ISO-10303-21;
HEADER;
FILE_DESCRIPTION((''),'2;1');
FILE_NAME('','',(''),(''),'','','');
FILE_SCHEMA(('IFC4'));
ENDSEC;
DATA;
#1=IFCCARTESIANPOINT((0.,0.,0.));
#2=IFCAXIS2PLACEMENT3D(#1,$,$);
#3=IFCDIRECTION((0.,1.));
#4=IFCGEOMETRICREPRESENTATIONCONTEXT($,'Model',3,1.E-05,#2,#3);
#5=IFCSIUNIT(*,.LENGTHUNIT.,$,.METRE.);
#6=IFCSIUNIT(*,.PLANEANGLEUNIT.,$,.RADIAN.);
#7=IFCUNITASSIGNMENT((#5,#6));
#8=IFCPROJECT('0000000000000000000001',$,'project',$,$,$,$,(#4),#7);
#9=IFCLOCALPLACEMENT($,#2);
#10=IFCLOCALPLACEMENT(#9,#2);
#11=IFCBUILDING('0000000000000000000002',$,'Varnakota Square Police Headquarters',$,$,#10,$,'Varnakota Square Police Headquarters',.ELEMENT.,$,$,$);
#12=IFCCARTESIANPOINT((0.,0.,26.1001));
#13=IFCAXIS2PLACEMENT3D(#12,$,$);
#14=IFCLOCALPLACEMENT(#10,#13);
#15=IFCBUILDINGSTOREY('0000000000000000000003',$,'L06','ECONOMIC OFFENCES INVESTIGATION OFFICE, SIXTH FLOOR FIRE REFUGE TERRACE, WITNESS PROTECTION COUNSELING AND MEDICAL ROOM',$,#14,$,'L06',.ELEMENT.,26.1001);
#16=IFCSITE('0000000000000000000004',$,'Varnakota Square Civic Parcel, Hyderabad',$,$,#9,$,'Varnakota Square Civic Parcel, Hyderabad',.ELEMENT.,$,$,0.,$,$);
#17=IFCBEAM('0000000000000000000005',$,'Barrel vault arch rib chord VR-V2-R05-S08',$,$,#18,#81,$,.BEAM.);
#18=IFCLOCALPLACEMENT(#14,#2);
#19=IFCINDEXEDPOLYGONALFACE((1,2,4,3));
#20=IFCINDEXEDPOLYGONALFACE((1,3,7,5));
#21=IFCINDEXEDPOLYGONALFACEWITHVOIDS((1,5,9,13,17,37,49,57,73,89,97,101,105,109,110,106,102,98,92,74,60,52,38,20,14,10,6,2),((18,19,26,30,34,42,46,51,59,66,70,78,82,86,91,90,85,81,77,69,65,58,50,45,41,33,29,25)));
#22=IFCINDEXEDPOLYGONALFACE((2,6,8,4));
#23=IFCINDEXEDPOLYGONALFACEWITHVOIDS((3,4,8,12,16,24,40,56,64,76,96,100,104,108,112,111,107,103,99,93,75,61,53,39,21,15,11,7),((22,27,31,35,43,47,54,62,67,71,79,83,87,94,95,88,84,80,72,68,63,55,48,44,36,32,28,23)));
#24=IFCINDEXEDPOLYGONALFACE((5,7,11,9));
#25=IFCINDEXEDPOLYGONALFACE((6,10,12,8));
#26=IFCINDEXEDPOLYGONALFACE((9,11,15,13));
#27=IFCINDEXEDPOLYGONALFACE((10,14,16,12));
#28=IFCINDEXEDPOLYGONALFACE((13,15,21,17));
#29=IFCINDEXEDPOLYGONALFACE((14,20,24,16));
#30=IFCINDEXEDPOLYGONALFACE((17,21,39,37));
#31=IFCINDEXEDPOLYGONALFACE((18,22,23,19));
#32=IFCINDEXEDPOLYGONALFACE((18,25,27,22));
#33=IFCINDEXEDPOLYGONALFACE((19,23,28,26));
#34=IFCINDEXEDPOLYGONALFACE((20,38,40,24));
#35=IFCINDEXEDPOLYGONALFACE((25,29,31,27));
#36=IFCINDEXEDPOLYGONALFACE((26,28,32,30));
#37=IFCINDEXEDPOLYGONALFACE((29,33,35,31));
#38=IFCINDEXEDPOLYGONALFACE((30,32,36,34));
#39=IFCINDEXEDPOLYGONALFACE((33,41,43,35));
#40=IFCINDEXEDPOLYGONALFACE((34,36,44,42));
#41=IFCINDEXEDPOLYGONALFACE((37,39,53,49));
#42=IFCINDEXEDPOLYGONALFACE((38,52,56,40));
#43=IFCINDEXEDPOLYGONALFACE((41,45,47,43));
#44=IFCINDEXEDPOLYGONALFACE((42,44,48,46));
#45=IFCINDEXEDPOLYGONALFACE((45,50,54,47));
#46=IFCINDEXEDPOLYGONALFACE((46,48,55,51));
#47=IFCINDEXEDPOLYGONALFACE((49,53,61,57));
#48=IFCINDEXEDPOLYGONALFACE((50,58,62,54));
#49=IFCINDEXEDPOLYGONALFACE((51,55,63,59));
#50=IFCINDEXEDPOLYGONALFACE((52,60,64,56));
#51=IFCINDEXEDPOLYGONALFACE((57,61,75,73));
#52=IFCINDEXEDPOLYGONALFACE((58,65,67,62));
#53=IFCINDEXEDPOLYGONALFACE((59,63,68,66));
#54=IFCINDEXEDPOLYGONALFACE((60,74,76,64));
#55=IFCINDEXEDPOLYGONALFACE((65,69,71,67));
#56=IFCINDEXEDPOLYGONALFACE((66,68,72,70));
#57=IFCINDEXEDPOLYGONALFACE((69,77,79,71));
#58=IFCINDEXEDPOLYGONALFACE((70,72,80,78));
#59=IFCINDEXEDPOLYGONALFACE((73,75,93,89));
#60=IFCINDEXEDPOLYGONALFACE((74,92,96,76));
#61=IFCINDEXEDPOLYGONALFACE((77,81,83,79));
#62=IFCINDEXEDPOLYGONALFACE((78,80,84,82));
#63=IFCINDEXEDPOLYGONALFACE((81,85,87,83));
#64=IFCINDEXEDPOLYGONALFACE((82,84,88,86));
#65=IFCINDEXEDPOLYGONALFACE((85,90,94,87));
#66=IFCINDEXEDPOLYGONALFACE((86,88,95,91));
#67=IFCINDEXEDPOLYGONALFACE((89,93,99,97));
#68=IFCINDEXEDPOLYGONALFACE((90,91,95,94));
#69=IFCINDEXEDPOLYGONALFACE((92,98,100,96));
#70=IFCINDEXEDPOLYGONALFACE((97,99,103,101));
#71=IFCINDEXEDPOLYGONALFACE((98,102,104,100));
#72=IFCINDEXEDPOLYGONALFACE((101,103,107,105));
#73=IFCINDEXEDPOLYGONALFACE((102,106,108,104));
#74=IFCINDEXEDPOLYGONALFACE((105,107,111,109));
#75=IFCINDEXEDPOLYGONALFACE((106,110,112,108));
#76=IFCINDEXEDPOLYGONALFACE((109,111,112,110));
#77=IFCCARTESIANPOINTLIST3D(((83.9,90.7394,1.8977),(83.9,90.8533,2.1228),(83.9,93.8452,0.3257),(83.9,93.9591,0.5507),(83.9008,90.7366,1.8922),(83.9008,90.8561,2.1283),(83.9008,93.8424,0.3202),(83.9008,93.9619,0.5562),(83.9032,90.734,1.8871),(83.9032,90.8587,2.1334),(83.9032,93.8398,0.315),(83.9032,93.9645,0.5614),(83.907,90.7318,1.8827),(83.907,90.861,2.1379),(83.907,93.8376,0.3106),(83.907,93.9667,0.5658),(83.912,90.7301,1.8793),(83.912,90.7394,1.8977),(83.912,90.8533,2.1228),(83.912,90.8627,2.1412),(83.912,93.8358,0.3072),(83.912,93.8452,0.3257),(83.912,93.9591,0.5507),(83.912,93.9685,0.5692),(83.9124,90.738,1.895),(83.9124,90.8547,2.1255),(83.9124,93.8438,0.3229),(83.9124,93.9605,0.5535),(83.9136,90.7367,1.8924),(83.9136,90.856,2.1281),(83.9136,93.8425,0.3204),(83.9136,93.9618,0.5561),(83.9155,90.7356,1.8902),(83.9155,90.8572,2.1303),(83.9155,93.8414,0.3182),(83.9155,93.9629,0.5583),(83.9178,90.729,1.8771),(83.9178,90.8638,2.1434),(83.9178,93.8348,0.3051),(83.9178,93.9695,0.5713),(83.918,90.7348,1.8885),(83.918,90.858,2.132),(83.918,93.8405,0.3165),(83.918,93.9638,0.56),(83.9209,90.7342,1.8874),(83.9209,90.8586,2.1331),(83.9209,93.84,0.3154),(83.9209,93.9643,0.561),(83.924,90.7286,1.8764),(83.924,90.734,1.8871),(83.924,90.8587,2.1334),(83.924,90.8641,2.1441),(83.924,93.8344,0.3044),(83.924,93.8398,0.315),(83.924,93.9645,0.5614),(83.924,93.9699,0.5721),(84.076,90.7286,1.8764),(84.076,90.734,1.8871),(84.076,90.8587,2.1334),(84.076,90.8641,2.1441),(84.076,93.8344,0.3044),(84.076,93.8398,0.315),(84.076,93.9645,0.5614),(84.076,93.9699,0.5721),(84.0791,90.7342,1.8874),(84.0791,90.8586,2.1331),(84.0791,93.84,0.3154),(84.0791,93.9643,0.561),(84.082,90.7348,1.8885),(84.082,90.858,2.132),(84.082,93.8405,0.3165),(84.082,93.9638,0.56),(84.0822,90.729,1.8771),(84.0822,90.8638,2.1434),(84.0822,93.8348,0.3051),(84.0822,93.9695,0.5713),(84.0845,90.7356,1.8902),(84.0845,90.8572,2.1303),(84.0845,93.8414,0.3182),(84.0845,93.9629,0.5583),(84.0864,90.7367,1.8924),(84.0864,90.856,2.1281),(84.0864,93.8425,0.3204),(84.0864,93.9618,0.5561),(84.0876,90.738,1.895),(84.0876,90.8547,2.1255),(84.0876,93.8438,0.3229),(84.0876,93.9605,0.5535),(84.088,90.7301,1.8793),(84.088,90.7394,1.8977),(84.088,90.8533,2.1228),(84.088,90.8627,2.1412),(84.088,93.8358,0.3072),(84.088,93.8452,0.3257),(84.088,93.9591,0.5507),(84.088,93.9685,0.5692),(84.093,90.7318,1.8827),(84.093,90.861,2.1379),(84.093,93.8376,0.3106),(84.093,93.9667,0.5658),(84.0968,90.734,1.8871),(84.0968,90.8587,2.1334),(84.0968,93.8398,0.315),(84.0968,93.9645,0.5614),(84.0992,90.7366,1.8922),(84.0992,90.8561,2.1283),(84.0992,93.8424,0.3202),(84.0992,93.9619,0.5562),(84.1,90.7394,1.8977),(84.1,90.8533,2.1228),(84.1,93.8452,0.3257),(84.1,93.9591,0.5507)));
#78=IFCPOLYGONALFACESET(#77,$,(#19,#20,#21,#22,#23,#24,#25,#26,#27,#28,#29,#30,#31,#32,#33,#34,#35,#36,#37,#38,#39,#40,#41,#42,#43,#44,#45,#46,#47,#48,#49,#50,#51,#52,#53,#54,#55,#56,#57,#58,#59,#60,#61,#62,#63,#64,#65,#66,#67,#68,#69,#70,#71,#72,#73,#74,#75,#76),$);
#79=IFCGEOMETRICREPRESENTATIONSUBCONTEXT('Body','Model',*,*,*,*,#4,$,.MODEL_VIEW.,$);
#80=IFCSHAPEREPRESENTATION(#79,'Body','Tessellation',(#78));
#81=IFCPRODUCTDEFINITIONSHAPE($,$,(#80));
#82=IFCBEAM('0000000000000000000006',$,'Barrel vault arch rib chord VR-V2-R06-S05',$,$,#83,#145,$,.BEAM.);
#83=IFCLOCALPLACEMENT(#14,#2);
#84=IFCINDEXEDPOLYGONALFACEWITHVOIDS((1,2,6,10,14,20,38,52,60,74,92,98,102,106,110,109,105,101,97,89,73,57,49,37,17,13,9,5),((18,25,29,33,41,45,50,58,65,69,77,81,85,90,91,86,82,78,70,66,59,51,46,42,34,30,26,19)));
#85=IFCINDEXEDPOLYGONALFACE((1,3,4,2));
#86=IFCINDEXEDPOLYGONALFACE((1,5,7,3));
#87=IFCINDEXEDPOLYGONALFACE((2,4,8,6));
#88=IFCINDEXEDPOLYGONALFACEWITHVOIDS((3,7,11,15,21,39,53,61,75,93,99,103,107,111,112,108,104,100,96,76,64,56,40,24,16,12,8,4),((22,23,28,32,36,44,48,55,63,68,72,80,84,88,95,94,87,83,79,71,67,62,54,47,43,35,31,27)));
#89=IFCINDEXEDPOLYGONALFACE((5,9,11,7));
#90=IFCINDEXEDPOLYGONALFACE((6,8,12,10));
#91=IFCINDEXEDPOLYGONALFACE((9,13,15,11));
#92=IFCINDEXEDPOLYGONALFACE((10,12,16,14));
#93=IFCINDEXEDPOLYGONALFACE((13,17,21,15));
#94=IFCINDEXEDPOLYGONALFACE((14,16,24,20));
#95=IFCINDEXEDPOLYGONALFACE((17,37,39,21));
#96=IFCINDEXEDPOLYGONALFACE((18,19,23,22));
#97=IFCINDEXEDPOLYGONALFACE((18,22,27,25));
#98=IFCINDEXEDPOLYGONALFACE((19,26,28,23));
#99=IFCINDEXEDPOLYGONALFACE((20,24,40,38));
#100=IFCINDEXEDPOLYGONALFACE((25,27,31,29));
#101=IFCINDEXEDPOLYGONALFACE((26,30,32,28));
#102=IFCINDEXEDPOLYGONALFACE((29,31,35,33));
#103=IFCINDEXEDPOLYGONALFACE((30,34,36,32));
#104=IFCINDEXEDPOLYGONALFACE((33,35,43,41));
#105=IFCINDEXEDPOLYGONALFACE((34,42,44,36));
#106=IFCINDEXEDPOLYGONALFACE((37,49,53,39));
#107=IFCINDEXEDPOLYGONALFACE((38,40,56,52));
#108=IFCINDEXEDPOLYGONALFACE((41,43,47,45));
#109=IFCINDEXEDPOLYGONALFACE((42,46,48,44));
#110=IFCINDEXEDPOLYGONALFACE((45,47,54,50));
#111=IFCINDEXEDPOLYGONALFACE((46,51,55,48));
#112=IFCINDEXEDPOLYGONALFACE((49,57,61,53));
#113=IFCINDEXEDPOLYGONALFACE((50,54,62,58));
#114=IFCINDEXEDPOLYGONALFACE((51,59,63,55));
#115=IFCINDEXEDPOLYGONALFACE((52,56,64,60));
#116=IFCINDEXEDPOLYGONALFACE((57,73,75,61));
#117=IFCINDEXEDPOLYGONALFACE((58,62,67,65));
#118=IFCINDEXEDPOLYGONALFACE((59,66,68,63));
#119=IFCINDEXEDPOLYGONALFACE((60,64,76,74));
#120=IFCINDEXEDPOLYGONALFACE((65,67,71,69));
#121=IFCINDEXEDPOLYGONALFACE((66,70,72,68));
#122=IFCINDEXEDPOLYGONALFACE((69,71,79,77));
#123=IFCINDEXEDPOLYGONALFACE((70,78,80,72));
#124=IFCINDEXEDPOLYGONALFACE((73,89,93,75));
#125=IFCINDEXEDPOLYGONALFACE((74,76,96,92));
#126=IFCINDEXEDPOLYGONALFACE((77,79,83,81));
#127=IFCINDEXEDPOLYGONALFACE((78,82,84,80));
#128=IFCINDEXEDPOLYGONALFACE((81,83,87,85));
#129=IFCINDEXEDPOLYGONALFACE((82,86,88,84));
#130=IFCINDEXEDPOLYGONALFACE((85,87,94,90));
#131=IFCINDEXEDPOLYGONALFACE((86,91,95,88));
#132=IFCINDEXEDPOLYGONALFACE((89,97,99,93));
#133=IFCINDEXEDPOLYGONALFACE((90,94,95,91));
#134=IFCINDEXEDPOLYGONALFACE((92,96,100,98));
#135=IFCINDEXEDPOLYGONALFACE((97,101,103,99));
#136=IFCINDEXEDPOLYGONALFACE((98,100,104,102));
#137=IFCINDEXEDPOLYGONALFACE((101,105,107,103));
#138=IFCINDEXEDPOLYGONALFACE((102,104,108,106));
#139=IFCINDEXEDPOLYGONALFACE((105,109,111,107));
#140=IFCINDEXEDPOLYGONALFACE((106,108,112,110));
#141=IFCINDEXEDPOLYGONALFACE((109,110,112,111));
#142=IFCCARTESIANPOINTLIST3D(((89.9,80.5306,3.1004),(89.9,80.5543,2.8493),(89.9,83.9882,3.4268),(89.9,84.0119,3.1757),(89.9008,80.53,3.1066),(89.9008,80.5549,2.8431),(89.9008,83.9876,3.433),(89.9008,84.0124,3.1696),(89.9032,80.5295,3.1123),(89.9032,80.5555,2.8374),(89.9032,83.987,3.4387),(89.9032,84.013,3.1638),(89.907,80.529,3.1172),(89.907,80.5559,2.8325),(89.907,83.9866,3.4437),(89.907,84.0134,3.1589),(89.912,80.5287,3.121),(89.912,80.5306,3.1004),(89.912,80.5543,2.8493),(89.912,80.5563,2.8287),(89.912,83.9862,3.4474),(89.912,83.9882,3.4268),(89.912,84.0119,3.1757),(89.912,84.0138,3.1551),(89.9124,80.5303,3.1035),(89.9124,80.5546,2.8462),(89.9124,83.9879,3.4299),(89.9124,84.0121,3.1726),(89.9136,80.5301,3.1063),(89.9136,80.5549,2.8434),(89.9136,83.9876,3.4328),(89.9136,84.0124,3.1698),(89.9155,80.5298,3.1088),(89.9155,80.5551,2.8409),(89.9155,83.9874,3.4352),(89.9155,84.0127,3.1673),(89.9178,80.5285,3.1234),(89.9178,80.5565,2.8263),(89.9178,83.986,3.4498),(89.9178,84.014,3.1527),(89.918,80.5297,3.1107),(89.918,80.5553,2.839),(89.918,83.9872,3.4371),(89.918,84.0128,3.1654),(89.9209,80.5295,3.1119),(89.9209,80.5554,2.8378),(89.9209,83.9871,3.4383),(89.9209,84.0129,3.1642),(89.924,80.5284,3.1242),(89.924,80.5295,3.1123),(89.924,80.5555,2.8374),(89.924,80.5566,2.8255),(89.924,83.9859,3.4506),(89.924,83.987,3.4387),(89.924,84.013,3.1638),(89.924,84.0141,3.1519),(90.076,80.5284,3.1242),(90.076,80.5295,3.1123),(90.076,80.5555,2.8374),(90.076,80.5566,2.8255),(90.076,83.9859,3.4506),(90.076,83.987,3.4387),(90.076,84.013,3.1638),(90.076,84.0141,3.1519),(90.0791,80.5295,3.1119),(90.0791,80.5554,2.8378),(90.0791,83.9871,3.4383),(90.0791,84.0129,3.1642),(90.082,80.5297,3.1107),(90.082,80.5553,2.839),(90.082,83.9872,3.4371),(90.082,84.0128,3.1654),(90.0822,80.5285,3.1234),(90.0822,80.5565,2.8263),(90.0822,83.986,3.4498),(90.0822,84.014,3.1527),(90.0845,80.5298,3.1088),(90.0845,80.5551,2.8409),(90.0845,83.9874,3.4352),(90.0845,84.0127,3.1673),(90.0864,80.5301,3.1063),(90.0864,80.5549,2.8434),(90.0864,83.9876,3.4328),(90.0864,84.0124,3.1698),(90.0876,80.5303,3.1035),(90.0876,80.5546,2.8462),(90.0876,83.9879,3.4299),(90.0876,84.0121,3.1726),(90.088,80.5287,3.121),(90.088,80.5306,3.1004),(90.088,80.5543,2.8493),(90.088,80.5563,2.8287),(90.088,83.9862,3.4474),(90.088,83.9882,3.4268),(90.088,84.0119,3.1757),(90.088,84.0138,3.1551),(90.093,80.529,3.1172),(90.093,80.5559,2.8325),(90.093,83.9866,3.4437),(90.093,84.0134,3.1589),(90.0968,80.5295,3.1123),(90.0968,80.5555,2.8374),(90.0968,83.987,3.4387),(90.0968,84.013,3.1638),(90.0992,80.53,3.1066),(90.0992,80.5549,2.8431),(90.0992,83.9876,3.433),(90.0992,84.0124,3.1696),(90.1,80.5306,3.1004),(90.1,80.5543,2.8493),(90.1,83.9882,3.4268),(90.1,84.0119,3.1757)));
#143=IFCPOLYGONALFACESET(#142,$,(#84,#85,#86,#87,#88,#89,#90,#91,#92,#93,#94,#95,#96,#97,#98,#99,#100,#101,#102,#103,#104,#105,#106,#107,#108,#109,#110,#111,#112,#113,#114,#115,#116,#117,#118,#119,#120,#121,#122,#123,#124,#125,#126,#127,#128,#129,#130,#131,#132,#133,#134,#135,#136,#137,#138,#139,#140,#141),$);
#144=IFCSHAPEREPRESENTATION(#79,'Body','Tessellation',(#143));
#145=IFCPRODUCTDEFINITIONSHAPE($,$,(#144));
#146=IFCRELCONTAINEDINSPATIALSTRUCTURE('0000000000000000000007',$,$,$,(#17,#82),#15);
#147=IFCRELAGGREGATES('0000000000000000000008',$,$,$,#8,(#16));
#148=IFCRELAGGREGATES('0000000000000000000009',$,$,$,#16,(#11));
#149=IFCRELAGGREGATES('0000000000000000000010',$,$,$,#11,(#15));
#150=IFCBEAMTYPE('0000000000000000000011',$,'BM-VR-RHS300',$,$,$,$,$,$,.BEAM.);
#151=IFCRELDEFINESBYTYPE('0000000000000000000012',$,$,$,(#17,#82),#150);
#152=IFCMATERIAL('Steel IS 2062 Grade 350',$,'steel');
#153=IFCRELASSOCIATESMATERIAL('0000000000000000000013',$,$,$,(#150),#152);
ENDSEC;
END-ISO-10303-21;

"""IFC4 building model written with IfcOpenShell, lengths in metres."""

from ifc_helpers import new_model, si_unit, direction, frame, origin, origin_2d, place, context, subcontext, project, spatial, hollow_rectangle, extrude, material, material_profile, profile_set, type_object, element, save


model = new_model("IFC4")

# Units and contexts
model_context = context("Model", 3, precision=1e-05, world=origin(), true_north=direction((0.0, 1.0)))
body_context = subcontext(model_context, "Body", "Model", "MODEL_VIEW")
ifc_project = project(units=[si_unit("LENGTHUNIT", "METRE"), si_unit("PLANEANGLEUNIT", "RADIAN")], contexts=[model_context])

# Site, building, storey
site_placement = place(None, origin())
site = spatial("IfcSite", under=ifc_project, at=site_placement, Name="Varnakota Square Civic Parcel, Hyderabad", LongName="Varnakota Square Civic Parcel, Hyderabad", CompositionType="ELEMENT", RefElevation=0.0)
building_placement = place(site_placement, origin())
building = spatial("IfcBuilding", under=site, at=building_placement, Name="Varnakota Square Police Headquarters", LongName="Varnakota Square Police Headquarters", CompositionType="ELEMENT")
storey_placement = place(building_placement, frame((0.0, 0.0, 26.1001)))
storey = spatial("IfcBuildingStorey", under=building, at=storey_placement, Name="L06", Description="ECONOMIC OFFENCES INVESTIGATION OFFICE, SIXTH FLOOR FIRE REFUGE TERRACE, WITNESS PROTECTION COUNSELING AND MEDICAL ROOM", LongName="L06", CompositionType="ELEMENT", Elevation=26.1001)

# Beams
ifc_material_1 = material(Name="Steel IS 2062 Grade 350", Category="steel")
ifc_material_profile_1 = material_profile(ifc_material_1, hollow_rectangle(XDim=0.2, YDim=0.3, WallThickness=0.012, InnerFilletRadius=0.012, OuterFilletRadius=0.0239, at=origin_2d()), Name="RHS 300x200x12")
ifc_profile_set_1 = profile_set([ifc_material_profile_1], Name="Steel IS 2062 Grade 350")
beam_type = type_object("IfcBeamType", Name="BM-VR-RHS300", PredefinedType="BEAM", material=ifc_profile_set_1)
beam_1_placement = place(storey_placement, frame((84.0, 90.7964, 2.0103), z_axis=(0.0, 0.892214, -0.451613), x_axis=(-1.0, 0.0, 0.0)))
element("IfcBeam", 1, at=beam_1_placement, inside=storey, type_object=beam_type, Name="Barrel vault arch rib chord VR-V2-R05-S08", PredefinedType="BEAM", context=body_context, shape_type="SweptSolid", body=[
    extrude(hollow_rectangle(XDim=0.2, YDim=0.3, WallThickness=0.012, InnerFilletRadius=0.012, OuterFilletRadius=0.0239, at=origin_2d()), origin(), (0.0, 0.0, 1.0), 3.481),
])
for number, where, z_axis, x_axis, name in (
    (2, (90.0, 80.5425, 2.9749), (0.0, 0.995573, 0.09399), (-1.0, 0.0, 0.0), "Barrel vault arch rib chord VR-V2-R06-S05"),
):
    element("IfcBeam", number, at=place(storey_placement, frame(where, z_axis=z_axis, x_axis=x_axis)), inside=storey, type_object=beam_type, Name=name, PredefinedType="BEAM", context=body_context, shape_type="SweptSolid", body=[
        extrude(hollow_rectangle(XDim=0.2, YDim=0.3, WallThickness=0.012, InnerFilletRadius=0.012, OuterFilletRadius=0.0239, at=origin_2d()), origin(), (0.0, 0.0, 1.0), 3.4729),
    ])

save(model, "model.ifc")
